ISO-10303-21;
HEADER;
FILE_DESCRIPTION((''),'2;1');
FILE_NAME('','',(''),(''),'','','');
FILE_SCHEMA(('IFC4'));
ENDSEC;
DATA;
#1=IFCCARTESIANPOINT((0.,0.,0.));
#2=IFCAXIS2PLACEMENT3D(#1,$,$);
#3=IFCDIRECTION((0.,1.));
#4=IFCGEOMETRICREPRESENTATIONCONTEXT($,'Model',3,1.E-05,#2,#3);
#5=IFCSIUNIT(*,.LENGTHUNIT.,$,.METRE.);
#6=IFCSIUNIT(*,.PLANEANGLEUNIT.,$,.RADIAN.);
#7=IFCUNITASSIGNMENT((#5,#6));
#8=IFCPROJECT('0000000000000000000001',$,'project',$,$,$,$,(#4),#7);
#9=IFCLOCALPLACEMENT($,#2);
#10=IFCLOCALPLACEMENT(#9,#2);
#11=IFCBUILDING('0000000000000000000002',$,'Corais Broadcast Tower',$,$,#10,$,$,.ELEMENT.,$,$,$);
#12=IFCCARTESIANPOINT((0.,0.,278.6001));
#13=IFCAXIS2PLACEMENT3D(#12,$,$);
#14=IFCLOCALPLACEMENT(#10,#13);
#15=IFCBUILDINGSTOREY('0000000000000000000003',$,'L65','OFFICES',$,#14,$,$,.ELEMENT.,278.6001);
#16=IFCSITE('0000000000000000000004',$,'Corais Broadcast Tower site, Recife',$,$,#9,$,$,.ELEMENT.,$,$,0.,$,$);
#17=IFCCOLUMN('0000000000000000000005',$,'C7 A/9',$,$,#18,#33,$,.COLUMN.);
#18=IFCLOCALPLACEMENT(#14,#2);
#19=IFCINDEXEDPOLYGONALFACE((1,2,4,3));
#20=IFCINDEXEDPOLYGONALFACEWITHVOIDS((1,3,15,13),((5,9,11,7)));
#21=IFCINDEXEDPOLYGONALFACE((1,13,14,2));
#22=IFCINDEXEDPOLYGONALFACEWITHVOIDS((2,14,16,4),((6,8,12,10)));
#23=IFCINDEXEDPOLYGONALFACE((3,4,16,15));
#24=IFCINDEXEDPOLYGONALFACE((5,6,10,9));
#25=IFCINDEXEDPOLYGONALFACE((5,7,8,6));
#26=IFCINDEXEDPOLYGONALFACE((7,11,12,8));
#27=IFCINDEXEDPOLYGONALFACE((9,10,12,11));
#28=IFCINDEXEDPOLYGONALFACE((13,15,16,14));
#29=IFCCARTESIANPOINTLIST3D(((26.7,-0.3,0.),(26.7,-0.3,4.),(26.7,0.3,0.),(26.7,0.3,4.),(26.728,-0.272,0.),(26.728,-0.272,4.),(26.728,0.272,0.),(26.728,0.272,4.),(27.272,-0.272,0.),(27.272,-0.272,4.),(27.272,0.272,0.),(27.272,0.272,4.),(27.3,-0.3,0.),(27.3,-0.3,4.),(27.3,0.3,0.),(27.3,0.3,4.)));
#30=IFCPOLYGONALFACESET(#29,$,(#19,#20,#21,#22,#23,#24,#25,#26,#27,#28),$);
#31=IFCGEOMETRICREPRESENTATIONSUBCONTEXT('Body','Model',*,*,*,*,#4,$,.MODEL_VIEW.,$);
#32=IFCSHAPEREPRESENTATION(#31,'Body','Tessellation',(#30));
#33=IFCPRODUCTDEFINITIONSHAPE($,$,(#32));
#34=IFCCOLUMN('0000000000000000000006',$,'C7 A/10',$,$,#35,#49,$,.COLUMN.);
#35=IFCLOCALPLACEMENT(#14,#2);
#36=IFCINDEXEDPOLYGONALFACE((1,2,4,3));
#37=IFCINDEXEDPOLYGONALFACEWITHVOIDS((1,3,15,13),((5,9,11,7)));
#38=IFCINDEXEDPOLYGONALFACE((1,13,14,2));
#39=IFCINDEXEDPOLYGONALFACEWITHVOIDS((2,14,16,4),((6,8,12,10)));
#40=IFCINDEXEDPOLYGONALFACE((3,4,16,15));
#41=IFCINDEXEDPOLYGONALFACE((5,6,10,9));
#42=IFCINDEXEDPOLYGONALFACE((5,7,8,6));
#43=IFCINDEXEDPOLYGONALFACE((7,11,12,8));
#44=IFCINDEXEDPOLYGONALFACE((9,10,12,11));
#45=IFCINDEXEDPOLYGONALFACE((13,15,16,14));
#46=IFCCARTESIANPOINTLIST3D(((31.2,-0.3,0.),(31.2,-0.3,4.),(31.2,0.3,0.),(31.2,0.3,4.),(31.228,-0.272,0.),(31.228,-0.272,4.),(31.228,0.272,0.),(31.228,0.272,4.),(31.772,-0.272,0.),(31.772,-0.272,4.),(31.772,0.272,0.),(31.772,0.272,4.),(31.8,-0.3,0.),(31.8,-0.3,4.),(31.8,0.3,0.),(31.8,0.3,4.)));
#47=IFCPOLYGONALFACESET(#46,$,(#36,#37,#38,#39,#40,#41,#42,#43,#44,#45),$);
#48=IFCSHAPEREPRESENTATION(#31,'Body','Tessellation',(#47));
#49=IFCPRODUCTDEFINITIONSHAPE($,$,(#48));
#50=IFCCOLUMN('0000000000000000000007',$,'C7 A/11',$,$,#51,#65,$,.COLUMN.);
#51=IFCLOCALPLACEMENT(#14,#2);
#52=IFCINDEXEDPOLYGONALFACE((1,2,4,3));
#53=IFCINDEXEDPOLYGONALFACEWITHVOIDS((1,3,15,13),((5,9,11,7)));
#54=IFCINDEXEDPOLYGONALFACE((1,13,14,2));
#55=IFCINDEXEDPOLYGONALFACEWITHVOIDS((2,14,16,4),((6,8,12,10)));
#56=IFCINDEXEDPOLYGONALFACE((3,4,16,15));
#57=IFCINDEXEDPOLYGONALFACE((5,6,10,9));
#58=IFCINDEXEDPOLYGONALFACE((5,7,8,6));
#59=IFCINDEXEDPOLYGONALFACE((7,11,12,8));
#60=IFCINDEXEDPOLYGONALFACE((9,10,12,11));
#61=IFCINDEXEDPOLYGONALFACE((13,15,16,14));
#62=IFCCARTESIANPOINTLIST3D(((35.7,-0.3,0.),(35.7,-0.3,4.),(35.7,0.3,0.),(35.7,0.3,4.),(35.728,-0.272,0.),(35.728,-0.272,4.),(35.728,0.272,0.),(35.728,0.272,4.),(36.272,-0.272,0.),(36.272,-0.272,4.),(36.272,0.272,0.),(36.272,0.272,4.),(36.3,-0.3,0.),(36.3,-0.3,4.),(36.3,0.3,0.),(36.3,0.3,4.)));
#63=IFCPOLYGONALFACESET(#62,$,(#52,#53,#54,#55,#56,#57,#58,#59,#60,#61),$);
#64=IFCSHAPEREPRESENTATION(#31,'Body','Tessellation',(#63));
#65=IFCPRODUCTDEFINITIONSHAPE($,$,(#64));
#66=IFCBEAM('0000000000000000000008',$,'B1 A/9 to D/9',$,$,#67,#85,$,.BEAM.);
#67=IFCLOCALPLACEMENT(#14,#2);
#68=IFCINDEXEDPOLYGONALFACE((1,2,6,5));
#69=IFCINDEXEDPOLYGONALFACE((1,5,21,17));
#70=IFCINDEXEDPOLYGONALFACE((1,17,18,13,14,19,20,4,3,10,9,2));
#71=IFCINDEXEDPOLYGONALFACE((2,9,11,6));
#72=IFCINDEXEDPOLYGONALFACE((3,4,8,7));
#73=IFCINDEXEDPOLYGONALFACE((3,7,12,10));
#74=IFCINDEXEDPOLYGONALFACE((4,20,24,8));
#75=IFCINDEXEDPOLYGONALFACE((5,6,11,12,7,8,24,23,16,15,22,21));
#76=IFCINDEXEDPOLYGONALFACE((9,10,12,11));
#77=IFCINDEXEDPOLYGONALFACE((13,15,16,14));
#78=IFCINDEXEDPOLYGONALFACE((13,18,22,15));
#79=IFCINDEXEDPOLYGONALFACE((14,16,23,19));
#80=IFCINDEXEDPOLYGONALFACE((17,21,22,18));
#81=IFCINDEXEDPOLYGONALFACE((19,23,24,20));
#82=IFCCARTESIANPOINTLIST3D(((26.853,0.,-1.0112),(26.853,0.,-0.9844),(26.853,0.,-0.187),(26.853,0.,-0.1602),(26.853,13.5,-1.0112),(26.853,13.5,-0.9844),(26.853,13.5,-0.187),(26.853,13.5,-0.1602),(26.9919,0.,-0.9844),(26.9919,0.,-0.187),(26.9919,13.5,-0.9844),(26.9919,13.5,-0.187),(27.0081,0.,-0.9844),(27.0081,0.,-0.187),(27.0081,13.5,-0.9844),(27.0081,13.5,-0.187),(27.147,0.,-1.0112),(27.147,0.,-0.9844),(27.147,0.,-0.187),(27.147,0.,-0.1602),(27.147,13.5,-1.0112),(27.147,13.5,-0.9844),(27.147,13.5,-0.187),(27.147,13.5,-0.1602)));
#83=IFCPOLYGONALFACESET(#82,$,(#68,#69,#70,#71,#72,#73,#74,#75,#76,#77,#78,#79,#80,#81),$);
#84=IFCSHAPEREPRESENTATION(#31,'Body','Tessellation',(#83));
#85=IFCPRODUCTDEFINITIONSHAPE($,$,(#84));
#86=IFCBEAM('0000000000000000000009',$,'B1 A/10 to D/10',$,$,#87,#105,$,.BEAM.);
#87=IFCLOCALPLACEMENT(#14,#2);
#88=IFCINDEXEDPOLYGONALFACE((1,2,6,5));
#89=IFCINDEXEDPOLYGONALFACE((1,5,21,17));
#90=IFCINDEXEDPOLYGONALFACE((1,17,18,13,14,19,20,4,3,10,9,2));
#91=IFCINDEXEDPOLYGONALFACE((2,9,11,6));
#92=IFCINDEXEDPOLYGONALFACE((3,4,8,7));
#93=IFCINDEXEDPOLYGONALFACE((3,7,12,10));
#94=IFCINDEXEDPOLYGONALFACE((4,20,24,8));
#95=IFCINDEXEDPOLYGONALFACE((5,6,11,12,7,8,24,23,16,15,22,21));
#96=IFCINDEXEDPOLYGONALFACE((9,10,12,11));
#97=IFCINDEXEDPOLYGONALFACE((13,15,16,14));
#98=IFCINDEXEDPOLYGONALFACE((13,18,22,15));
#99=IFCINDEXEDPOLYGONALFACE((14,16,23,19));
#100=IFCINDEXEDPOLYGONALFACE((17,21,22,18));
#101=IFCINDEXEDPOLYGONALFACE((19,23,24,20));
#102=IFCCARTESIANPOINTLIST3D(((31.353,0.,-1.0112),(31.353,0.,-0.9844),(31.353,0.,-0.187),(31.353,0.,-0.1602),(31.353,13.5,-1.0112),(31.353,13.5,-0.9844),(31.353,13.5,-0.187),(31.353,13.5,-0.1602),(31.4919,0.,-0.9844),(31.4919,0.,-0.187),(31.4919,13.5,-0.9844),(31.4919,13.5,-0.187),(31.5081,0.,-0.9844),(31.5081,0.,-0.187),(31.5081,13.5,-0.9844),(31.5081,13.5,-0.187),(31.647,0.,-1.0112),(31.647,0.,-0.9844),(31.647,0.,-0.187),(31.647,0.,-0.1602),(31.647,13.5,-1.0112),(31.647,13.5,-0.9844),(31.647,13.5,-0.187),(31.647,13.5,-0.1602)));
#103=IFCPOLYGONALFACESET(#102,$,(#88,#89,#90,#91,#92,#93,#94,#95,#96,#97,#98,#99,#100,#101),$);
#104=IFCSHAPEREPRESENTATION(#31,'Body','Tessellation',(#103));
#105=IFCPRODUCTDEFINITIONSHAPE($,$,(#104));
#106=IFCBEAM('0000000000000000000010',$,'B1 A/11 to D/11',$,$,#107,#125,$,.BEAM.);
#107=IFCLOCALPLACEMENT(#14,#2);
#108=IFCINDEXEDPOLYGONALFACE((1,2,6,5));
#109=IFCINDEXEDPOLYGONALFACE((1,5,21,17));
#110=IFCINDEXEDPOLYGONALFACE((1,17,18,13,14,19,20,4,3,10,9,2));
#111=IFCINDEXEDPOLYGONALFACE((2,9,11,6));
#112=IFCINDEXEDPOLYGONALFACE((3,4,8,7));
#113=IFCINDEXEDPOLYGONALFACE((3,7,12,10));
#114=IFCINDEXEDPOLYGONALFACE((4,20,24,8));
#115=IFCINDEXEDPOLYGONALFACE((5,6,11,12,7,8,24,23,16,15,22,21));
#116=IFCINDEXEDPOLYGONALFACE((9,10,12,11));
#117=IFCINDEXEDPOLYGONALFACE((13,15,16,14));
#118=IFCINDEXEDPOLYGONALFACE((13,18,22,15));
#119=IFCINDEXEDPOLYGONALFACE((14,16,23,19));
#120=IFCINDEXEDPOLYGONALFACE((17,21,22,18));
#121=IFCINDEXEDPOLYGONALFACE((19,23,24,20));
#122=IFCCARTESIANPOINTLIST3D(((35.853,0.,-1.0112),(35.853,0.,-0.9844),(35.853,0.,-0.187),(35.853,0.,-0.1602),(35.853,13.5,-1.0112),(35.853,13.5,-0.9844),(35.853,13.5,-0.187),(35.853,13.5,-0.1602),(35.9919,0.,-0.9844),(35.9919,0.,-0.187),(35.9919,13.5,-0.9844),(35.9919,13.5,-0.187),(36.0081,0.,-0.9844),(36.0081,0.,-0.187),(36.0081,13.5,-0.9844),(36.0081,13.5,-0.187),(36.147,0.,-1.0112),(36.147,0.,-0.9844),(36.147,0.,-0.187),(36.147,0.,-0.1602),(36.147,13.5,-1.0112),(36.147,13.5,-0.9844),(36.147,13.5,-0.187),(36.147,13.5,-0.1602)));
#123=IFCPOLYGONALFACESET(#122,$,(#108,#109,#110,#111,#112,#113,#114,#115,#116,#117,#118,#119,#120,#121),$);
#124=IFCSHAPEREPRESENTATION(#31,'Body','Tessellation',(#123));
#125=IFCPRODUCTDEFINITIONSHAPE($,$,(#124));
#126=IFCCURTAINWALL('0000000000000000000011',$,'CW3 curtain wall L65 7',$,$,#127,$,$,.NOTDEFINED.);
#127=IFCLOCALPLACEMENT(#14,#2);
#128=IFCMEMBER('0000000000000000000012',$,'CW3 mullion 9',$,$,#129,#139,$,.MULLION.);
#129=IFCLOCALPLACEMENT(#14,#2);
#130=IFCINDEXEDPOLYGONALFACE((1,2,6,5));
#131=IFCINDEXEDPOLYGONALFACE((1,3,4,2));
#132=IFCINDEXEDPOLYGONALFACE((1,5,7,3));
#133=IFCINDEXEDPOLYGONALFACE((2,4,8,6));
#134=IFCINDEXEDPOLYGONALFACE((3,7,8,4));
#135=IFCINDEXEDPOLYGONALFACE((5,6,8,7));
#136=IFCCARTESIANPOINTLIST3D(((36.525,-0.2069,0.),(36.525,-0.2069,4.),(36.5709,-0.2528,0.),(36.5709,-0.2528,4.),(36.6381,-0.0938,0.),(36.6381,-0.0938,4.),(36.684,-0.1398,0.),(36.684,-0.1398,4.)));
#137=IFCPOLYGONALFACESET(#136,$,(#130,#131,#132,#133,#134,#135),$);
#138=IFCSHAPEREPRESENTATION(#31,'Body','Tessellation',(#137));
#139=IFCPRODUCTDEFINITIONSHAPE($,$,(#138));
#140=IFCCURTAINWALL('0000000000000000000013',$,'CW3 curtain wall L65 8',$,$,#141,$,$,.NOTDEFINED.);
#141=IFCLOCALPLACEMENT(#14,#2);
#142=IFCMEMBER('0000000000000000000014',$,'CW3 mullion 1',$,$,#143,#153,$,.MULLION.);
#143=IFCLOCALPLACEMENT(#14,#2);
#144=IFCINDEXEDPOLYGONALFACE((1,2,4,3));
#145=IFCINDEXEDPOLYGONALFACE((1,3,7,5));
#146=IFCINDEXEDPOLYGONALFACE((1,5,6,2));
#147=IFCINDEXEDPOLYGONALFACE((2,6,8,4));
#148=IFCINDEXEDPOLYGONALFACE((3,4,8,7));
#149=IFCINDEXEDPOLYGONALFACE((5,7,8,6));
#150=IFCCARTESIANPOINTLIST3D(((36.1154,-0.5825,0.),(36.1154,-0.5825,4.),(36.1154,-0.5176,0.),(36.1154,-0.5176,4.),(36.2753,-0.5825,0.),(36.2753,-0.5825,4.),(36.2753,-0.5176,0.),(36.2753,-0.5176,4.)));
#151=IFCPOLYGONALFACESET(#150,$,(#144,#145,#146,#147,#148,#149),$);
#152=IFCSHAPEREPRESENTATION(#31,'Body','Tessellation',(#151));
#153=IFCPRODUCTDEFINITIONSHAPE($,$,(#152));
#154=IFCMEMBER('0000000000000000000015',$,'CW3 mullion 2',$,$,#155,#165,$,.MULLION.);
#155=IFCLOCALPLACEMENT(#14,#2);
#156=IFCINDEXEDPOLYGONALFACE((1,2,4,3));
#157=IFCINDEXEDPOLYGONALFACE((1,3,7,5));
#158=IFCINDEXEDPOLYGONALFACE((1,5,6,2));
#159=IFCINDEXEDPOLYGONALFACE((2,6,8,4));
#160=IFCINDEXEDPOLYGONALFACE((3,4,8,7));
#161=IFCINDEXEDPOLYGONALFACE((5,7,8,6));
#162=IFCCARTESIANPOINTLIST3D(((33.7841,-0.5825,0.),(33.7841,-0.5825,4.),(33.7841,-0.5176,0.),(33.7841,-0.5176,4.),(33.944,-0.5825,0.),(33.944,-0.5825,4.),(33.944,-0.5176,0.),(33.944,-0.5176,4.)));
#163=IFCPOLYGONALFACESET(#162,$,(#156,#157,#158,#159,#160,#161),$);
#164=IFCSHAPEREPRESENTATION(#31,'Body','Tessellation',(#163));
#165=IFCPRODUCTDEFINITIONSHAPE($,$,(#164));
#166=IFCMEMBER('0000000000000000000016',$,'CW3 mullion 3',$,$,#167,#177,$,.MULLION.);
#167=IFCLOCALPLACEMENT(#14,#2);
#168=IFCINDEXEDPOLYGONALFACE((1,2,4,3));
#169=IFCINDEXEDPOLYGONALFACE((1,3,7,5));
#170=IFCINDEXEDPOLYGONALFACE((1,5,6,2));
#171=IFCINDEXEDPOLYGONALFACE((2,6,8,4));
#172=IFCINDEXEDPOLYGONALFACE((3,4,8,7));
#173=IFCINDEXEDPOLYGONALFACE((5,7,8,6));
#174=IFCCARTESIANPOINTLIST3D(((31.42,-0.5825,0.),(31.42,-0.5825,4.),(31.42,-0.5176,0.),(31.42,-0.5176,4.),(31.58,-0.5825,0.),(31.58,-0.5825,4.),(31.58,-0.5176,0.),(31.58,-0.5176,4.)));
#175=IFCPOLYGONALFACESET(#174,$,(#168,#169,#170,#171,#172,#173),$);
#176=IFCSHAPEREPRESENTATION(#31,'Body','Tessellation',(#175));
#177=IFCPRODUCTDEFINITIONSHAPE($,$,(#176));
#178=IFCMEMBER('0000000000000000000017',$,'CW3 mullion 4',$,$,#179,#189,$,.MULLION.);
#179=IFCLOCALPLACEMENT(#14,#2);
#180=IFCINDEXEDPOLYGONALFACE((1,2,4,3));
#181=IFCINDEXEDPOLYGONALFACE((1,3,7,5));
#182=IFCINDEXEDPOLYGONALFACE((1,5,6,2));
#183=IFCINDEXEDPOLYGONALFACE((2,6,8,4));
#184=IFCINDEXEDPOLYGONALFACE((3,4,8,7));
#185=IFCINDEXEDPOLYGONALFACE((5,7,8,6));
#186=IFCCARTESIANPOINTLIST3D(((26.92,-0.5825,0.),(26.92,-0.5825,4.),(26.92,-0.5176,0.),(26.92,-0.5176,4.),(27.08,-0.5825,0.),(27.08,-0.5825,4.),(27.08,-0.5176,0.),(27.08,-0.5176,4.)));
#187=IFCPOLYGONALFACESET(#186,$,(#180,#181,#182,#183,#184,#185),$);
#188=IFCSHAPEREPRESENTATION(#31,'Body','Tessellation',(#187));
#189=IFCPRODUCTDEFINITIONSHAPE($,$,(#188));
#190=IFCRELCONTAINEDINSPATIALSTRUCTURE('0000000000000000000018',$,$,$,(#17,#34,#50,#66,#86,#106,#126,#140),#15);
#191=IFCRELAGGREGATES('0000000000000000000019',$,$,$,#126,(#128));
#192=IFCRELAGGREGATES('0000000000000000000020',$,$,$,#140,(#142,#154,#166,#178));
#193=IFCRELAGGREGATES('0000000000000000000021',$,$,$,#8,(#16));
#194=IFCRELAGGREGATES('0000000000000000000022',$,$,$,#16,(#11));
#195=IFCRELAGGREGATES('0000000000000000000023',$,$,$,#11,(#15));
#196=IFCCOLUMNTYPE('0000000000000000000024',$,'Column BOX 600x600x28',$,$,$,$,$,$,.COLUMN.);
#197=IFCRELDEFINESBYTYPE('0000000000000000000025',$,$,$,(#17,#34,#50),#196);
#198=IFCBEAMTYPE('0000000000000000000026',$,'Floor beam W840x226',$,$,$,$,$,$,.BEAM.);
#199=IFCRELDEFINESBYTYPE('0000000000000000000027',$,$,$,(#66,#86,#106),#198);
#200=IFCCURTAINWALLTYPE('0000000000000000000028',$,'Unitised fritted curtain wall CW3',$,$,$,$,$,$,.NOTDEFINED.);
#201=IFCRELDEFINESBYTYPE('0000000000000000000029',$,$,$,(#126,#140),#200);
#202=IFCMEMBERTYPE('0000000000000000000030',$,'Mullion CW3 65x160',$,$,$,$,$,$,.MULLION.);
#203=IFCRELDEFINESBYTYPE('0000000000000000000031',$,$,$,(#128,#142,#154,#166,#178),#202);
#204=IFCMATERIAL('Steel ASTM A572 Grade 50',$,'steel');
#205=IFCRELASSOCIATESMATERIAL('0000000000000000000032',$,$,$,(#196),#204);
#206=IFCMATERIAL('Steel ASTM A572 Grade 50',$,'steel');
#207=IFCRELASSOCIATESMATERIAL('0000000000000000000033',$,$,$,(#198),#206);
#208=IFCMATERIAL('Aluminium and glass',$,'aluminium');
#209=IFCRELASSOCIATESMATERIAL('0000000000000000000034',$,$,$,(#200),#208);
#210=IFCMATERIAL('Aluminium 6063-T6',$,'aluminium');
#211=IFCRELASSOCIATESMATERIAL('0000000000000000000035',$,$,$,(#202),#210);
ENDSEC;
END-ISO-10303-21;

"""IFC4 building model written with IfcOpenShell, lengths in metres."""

from ifc_helpers import new_model, si_unit, direction, frame, origin, origin_2d, place, context, subcontext, project, spatial, rectangle, hollow_rectangle, i_section, extrude, material, material_profile, profile_set, type_object, element, aggregate, save


model = new_model("IFC4")

# Units and contexts
model_context = context("Model", 3, precision=1e-05, world=origin(), true_north=direction((0.0, 1.0)))
body_context = subcontext(model_context, "Body", "Model", "MODEL_VIEW")
ifc_project = project(units=[si_unit("LENGTHUNIT", "METRE"), si_unit("PLANEANGLEUNIT", "RADIAN")], contexts=[model_context])

# Site, building, storey
site_placement = place(None, origin())
site = spatial("IfcSite", under=ifc_project, at=site_placement, Name="Corais Broadcast Tower site, Recife", CompositionType="ELEMENT", RefElevation=0.0)
building_placement = place(site_placement, origin())
building = spatial("IfcBuilding", under=site, at=building_placement, Name="Corais Broadcast Tower", CompositionType="ELEMENT")
storey_placement = place(building_placement, frame((0.0, 0.0, 278.6001)))
storey = spatial("IfcBuildingStorey", under=building, at=storey_placement, Name="L65", Description="OFFICES", CompositionType="ELEMENT", Elevation=278.6001)

# Columns
ifc_material_1 = material(Name="Steel ASTM A572 Grade 50", Category="steel")
ifc_material_profile_1 = material_profile(ifc_material_1, hollow_rectangle(XDim=0.6001, YDim=0.6001, WallThickness=0.0281, at=origin_2d()), Name="BOX 600x600x28")
ifc_profile_set_1 = profile_set([ifc_material_profile_1], Name="Steel ASTM A572 Grade 50")
column_type = type_object("IfcColumnType", Name="Column BOX 600x600x28", PredefinedType="COLUMN", material=ifc_profile_set_1)
for number, where, z_axis, x_axis, name in (
    (1, (27.0, 0.0, 0.0), (0.0, 0.0, 1.0), (1.0, 0.0, 0.0), "C7 A/9"),
    (2, (31.5, 0.0, 0.0), (0.0, 0.0, 1.0), (1.0, 0.0, 0.0), "C7 A/10"),
    (3, (36.0, 0.0, 0.0), (0.0, 0.0, 1.0), (1.0, 0.0, 0.0), "C7 A/11"),
):
    element("IfcColumn", number, at=place(storey_placement, frame(where, z_axis=z_axis, x_axis=x_axis)), inside=storey, type_object=column_type, Name=name, PredefinedType="COLUMN", context=body_context, shape_type="SweptSolid", body=[
        extrude(hollow_rectangle(XDim=0.6001, YDim=0.6001, WallThickness=0.0281, at=origin_2d()), origin(), (0.0, 0.0, 1.0), 4.0),
    ])

# Beams
ifc_material_2 = material(Name="Steel ASTM A572 Grade 50", Category="steel")
ifc_material_profile_2 = material_profile(ifc_material_2, i_section(OverallWidth=0.2939, OverallDepth=0.8511, WebThickness=0.0161, FlangeThickness=0.0269, at=origin_2d()), Name="W840x226")
ifc_profile_set_2 = profile_set([ifc_material_profile_2], Name="Steel ASTM A572 Grade 50")
beam_type_1 = type_object("IfcBeamType", Name="Floor beam W840x226", PredefinedType="BEAM", material=ifc_profile_set_2)
for number, where, z_axis, x_axis, name in (
    (4, (27.0, 0.0, -0.5857), (0.0, 1.0, 0.0), (-1.0, 0.0, 0.0), "B1 A/9 to D/9"),
    (5, (31.5, 0.0, -0.5857), (0.0, 1.0, 0.0), (-1.0, 0.0, 0.0), "B1 A/10 to D/10"),
    (6, (36.0, 0.0, -0.5857), (0.0, 1.0, 0.0), (-1.0, 0.0, 0.0), "B1 A/11 to D/11"),
):
    element("IfcBeam", number, at=place(storey_placement, frame(where, z_axis=z_axis, x_axis=x_axis)), inside=storey, type_object=beam_type_1, Name=name, PredefinedType="BEAM", context=body_context, shape_type="SweptSolid", body=[
        extrude(i_section(OverallWidth=0.2939, OverallDepth=0.8511, WebThickness=0.0161, FlangeThickness=0.0269, at=origin_2d()), origin(), (0.0, 0.0, 1.0), 13.5),
    ])

# Curtain wall, member
ifc_material_3 = material(Name="Aluminium and glass", Category="aluminium")
curtain_wall_type = type_object("IfcCurtainWallType", Name="Unitised fritted curtain wall CW3", PredefinedType="NOTDEFINED", material=ifc_material_3)
curtain_wall_1_placement = place(storey_placement, origin())
curtain_wall_1 = element("IfcCurtainWall", 7, at=curtain_wall_1_placement, inside=storey, type_object=curtain_wall_type, Name="CW3 curtain wall L65 7", PredefinedType="NOTDEFINED")
ifc_material_4 = material(Name="Aluminium 6063-T6", Category="aluminium")
ifc_material_profile_3 = material_profile(ifc_material_4, rectangle(XDim=0.0649, YDim=0.1599, at=origin_2d()), Name="Mullion CW3 65x160")
ifc_profile_set_3 = profile_set([ifc_material_profile_3], Name="Aluminium 6063-T6")
member_type_1 = type_object("IfcMemberType", Name="Mullion CW3 65x160", PredefinedType="MULLION", material=ifc_profile_set_3)
member_1_placement = place(storey_placement, frame((36.6045, -0.1733, 0.0), z_axis=(0.0, 0.0, 1.0), x_axis=(0.707107, -0.707107, 0.0)))
member_1 = element("IfcMember", 8, at=member_1_placement, type_object=member_type_1, Name="CW3 mullion 9", PredefinedType="MULLION", context=body_context, shape_type="SweptSolid", body=[
    extrude(rectangle(XDim=0.0649, YDim=0.1599, at=origin_2d()), origin(), (0.0, 0.0, 1.0), 4.0),
])

# Curtain wall, members
curtain_wall_2_placement = place(storey_placement, origin())
curtain_wall_2 = element("IfcCurtainWall", 9, at=curtain_wall_2_placement, inside=storey, type_object=curtain_wall_type, Name="CW3 curtain wall L65 8", PredefinedType="NOTDEFINED")
member_2_placement = place(storey_placement, frame((36.1953, -0.55, 0.0), z_axis=(0.0, 0.0, 1.0), x_axis=(0.0, -1.0, 0.0)))
member_2 = element("IfcMember", 10, at=member_2_placement, type_object=member_type_1, Name="CW3 mullion 1", PredefinedType="MULLION", context=body_context, shape_type="SweptSolid", body=[
    extrude(rectangle(XDim=0.0649, YDim=0.1599, at=origin_2d()), origin(), (0.0, 0.0, 1.0), 4.0),
])
member_3_placement = place(storey_placement, frame((33.864, -0.55, 0.0), z_axis=(0.0, 0.0, 1.0), x_axis=(0.0, -1.0, 0.0)))
member_3 = element("IfcMember", 11, at=member_3_placement, type_object=member_type_1, Name="CW3 mullion 2", PredefinedType="MULLION", context=body_context, shape_type="SweptSolid", body=[
    extrude(rectangle(XDim=0.0649, YDim=0.1599, at=origin_2d()), origin(), (0.0, 0.0, 1.0), 4.0),
])
member_4_placement = place(storey_placement, frame((31.5, -0.55, 0.0), z_axis=(0.0, 0.0, 1.0), x_axis=(0.0, -1.0, 0.0)))
member_4 = element("IfcMember", 12, at=member_4_placement, type_object=member_type_1, Name="CW3 mullion 3", PredefinedType="MULLION", context=body_context, shape_type="SweptSolid", body=[
    extrude(rectangle(XDim=0.0649, YDim=0.1599, at=origin_2d()), origin(), (0.0, 0.0, 1.0), 4.0),
])
member_5_placement = place(storey_placement, frame((27.0, -0.55, 0.0), z_axis=(0.0, 0.0, 1.0), x_axis=(0.0, -1.0, 0.0)))
member_5 = element("IfcMember", 13, at=member_5_placement, type_object=member_type_1, Name="CW3 mullion 4", PredefinedType="MULLION", context=body_context, shape_type="SweptSolid", body=[
    extrude(rectangle(XDim=0.0649, YDim=0.1599, at=origin_2d()), origin(), (0.0, 0.0, 1.0), 4.0),
])

aggregate(curtain_wall_1, [member_1])
aggregate(curtain_wall_2, [member_2, member_3, member_4, member_5])

save(model, "model.ifc")
